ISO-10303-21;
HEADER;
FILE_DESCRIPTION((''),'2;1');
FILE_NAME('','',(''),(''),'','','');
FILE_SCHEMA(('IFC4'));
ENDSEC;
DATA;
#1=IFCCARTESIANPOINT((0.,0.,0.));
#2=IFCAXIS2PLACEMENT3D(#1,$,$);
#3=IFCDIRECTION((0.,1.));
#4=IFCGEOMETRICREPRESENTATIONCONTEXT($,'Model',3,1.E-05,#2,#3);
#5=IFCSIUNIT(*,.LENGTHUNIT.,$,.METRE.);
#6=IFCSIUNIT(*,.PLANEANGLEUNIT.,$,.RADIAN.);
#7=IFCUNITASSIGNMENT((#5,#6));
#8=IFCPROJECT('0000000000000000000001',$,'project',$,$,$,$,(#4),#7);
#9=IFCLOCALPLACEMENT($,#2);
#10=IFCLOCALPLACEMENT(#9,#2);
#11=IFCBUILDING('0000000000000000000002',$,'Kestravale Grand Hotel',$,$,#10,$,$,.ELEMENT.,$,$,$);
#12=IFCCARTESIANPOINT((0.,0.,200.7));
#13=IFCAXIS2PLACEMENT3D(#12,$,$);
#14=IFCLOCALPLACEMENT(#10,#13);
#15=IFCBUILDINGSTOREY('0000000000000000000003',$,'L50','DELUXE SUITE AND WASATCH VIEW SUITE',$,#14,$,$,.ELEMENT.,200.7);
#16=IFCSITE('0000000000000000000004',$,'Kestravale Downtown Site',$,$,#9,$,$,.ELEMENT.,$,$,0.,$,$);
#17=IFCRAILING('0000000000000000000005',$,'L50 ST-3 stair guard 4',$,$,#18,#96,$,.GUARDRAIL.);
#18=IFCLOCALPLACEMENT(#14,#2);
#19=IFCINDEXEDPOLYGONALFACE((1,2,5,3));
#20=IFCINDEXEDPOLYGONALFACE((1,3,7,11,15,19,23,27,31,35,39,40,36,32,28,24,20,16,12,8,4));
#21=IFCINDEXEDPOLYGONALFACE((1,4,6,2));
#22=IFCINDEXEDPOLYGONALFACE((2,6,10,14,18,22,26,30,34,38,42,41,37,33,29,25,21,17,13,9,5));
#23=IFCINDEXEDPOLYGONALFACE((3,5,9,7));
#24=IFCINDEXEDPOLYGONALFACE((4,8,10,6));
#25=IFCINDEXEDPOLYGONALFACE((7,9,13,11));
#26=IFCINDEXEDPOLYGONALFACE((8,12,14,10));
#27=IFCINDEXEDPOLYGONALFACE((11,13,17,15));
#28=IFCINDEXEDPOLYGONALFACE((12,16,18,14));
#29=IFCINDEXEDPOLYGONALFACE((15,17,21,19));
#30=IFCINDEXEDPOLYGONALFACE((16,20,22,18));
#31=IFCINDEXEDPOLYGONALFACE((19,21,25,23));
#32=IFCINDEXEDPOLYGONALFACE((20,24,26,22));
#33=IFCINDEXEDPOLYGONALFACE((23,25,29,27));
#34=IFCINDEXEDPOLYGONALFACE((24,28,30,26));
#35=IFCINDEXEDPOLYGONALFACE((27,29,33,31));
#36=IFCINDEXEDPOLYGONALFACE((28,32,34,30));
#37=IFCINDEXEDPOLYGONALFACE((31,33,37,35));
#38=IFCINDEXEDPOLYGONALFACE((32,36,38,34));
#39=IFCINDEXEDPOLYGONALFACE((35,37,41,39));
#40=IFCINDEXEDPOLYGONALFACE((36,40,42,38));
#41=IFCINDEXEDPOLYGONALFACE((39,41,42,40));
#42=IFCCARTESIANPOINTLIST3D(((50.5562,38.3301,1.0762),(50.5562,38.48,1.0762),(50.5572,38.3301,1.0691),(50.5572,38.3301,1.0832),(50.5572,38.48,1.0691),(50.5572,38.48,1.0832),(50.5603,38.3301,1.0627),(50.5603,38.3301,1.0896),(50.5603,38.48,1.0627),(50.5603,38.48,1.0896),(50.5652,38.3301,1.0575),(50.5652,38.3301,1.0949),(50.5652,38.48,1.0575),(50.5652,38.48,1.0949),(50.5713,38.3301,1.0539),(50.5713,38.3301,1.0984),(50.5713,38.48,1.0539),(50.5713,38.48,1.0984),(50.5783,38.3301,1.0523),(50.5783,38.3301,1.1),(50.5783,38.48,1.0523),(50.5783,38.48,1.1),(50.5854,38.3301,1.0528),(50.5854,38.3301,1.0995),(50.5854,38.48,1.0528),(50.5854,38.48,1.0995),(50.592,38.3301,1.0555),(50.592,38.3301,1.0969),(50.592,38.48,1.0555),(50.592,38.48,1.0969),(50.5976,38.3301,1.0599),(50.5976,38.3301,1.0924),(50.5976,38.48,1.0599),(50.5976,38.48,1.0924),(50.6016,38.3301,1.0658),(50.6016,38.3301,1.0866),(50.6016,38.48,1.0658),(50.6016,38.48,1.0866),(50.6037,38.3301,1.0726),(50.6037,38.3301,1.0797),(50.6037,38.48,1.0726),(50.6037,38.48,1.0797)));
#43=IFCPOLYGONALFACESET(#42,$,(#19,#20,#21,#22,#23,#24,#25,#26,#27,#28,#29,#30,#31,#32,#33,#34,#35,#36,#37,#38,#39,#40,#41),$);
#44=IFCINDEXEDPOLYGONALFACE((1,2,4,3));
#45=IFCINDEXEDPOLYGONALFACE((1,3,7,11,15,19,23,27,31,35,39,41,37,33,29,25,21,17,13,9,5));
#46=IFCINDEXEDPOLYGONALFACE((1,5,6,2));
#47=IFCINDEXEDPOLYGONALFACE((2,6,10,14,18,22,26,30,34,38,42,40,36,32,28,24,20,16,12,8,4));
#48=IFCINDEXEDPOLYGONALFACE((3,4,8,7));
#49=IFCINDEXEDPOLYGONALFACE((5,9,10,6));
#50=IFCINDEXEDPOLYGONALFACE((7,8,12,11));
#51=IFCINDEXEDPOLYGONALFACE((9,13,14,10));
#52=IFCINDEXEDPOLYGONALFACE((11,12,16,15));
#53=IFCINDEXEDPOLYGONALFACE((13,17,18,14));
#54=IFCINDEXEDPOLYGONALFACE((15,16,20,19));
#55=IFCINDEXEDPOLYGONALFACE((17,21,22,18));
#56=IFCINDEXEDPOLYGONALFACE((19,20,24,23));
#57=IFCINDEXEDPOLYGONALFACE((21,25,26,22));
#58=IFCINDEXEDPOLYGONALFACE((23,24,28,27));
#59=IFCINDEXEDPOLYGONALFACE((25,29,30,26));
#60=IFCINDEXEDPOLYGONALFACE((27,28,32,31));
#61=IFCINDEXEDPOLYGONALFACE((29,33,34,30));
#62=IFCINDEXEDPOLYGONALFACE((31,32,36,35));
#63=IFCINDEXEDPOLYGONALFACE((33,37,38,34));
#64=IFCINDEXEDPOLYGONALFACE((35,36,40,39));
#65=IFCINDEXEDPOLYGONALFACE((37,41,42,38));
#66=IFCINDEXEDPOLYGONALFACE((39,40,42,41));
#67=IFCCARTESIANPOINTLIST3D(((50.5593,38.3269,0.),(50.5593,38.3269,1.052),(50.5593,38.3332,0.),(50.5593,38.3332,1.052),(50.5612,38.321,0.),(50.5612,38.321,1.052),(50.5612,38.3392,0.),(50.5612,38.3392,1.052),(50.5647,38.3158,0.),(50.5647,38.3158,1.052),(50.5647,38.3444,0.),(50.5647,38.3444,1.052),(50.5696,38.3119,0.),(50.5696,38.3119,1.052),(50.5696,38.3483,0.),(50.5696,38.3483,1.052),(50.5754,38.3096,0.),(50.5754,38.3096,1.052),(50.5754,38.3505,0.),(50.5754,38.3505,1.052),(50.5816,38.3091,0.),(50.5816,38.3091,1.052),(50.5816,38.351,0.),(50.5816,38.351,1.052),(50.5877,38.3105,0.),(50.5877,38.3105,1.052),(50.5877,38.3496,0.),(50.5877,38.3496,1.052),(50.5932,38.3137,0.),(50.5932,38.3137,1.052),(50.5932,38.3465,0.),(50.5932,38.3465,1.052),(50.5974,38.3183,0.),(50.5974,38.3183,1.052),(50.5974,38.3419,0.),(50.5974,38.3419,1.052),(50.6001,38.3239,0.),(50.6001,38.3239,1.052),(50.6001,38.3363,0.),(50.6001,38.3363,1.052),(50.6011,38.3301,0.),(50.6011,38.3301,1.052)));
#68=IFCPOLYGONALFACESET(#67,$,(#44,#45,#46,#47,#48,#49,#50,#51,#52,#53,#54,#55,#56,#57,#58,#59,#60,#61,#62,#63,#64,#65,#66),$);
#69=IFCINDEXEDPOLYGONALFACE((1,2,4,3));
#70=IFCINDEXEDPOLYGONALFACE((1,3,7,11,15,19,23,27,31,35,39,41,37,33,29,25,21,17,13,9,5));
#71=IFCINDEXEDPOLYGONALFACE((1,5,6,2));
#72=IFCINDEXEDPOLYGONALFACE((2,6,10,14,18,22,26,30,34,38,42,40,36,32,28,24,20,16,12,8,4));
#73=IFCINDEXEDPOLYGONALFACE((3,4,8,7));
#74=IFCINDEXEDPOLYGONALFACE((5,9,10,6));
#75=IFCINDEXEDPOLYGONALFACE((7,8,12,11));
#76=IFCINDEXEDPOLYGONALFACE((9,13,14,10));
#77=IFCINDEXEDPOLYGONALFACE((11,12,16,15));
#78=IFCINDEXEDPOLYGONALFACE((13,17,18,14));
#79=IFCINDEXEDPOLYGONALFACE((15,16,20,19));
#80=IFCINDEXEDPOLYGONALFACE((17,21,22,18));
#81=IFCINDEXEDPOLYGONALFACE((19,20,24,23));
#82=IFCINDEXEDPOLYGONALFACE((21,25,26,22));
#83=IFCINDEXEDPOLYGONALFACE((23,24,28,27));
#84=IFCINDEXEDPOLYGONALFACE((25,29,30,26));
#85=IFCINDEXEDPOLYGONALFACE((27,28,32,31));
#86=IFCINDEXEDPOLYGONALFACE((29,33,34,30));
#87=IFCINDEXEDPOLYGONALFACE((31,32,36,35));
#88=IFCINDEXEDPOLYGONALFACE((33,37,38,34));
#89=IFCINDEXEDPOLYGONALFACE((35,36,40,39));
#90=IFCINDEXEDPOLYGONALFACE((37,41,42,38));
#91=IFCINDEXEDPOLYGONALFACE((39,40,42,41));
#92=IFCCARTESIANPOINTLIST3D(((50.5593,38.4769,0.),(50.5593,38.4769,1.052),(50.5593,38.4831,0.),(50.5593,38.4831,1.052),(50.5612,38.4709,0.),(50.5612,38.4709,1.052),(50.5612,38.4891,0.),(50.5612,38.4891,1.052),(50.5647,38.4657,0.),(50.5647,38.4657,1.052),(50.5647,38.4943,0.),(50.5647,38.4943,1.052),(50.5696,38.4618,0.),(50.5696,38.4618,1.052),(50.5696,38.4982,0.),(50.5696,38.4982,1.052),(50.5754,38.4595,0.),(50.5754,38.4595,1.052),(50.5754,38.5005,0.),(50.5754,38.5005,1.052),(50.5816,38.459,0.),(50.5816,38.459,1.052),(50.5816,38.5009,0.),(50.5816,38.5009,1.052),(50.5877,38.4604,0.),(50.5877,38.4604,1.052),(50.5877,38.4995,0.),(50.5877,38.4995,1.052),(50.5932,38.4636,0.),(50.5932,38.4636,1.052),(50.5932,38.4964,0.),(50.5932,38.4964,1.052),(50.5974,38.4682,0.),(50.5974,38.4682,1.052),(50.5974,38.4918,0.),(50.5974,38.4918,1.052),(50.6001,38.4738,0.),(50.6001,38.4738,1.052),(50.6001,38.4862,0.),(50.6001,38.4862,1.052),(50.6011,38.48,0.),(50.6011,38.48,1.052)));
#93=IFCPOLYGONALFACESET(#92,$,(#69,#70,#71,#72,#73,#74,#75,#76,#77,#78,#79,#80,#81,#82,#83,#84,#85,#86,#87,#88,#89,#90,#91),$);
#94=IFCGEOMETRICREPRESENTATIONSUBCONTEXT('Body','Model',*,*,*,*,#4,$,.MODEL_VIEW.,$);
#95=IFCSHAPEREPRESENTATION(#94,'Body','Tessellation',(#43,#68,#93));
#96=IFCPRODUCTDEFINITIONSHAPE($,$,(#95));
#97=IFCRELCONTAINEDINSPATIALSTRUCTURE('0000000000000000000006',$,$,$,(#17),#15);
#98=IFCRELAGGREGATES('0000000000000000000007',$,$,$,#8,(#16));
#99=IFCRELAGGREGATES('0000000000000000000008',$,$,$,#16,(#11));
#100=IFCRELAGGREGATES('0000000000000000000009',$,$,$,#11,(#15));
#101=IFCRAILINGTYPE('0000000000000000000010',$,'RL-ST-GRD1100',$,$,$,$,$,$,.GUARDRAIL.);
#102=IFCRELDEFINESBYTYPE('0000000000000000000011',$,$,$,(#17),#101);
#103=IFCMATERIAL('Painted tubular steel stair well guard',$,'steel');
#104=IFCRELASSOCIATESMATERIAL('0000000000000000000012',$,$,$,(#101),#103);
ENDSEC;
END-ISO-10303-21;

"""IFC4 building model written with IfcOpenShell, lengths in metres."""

from ifc_helpers import new_model, si_unit, direction, frame, origin, origin_2d, place, context, subcontext, project, spatial, circle, extrude, material, type_object, element, save


model = new_model("IFC4")

# Units and contexts
model_context = context("Model", 3, precision=1e-05, world=origin(), true_north=direction((0.0, 1.0)))
body_context = subcontext(model_context, "Body", "Model", "MODEL_VIEW")
ifc_project = project(units=[si_unit("LENGTHUNIT", "METRE"), si_unit("PLANEANGLEUNIT", "RADIAN")], contexts=[model_context])

# Site, building, storey
site_placement = place(None, origin())
site = spatial("IfcSite", under=ifc_project, at=site_placement, Name="Kestravale Downtown Site", CompositionType="ELEMENT", RefElevation=0.0)
building_placement = place(site_placement, origin())
building = spatial("IfcBuilding", under=site, at=building_placement, Name="Kestravale Grand Hotel", CompositionType="ELEMENT")
storey_placement = place(building_placement, frame((0.0, 0.0, 200.7)))
storey = spatial("IfcBuildingStorey", under=building, at=storey_placement, Name="L50", Description="DELUXE SUITE AND WASATCH VIEW SUITE", CompositionType="ELEMENT", Elevation=200.7)

# Railing
ifc_material_1 = material(Name="Painted tubular steel stair well guard", Category="steel")
railing_type_1 = type_object("IfcRailingType", Name="RL-ST-GRD1100", PredefinedType="GUARDRAIL", material=ifc_material_1)
railing_1_placement = place(storey_placement, frame((50.5801, 38.3301, 0.0)))
element("IfcRailing", 1, at=railing_1_placement, inside=storey, type_object=railing_type_1, Name="L50 ST-3 stair guard 4", PredefinedType="GUARDRAIL", context=body_context, shape_type="SweptSolid", body=[
    extrude(circle(Radius=0.0239, at=origin_2d()), frame((0.0, 0.0, 1.0762), z_axis=(0.0, 1.0, 0.0), x_axis=(-1.0, 0.0, 0.0)), (0.0, 0.0, 1.0), 0.1499),
    extrude(circle(Radius=0.021, at=origin_2d()), origin(), (0.0, 0.0, 1.0), 1.052),
    extrude(circle(Radius=0.021, at=origin_2d()), frame((0.0, 0.1499, 0.0)), (0.0, 0.0, 1.0), 1.052),
])

save(model, "model.ifc")
